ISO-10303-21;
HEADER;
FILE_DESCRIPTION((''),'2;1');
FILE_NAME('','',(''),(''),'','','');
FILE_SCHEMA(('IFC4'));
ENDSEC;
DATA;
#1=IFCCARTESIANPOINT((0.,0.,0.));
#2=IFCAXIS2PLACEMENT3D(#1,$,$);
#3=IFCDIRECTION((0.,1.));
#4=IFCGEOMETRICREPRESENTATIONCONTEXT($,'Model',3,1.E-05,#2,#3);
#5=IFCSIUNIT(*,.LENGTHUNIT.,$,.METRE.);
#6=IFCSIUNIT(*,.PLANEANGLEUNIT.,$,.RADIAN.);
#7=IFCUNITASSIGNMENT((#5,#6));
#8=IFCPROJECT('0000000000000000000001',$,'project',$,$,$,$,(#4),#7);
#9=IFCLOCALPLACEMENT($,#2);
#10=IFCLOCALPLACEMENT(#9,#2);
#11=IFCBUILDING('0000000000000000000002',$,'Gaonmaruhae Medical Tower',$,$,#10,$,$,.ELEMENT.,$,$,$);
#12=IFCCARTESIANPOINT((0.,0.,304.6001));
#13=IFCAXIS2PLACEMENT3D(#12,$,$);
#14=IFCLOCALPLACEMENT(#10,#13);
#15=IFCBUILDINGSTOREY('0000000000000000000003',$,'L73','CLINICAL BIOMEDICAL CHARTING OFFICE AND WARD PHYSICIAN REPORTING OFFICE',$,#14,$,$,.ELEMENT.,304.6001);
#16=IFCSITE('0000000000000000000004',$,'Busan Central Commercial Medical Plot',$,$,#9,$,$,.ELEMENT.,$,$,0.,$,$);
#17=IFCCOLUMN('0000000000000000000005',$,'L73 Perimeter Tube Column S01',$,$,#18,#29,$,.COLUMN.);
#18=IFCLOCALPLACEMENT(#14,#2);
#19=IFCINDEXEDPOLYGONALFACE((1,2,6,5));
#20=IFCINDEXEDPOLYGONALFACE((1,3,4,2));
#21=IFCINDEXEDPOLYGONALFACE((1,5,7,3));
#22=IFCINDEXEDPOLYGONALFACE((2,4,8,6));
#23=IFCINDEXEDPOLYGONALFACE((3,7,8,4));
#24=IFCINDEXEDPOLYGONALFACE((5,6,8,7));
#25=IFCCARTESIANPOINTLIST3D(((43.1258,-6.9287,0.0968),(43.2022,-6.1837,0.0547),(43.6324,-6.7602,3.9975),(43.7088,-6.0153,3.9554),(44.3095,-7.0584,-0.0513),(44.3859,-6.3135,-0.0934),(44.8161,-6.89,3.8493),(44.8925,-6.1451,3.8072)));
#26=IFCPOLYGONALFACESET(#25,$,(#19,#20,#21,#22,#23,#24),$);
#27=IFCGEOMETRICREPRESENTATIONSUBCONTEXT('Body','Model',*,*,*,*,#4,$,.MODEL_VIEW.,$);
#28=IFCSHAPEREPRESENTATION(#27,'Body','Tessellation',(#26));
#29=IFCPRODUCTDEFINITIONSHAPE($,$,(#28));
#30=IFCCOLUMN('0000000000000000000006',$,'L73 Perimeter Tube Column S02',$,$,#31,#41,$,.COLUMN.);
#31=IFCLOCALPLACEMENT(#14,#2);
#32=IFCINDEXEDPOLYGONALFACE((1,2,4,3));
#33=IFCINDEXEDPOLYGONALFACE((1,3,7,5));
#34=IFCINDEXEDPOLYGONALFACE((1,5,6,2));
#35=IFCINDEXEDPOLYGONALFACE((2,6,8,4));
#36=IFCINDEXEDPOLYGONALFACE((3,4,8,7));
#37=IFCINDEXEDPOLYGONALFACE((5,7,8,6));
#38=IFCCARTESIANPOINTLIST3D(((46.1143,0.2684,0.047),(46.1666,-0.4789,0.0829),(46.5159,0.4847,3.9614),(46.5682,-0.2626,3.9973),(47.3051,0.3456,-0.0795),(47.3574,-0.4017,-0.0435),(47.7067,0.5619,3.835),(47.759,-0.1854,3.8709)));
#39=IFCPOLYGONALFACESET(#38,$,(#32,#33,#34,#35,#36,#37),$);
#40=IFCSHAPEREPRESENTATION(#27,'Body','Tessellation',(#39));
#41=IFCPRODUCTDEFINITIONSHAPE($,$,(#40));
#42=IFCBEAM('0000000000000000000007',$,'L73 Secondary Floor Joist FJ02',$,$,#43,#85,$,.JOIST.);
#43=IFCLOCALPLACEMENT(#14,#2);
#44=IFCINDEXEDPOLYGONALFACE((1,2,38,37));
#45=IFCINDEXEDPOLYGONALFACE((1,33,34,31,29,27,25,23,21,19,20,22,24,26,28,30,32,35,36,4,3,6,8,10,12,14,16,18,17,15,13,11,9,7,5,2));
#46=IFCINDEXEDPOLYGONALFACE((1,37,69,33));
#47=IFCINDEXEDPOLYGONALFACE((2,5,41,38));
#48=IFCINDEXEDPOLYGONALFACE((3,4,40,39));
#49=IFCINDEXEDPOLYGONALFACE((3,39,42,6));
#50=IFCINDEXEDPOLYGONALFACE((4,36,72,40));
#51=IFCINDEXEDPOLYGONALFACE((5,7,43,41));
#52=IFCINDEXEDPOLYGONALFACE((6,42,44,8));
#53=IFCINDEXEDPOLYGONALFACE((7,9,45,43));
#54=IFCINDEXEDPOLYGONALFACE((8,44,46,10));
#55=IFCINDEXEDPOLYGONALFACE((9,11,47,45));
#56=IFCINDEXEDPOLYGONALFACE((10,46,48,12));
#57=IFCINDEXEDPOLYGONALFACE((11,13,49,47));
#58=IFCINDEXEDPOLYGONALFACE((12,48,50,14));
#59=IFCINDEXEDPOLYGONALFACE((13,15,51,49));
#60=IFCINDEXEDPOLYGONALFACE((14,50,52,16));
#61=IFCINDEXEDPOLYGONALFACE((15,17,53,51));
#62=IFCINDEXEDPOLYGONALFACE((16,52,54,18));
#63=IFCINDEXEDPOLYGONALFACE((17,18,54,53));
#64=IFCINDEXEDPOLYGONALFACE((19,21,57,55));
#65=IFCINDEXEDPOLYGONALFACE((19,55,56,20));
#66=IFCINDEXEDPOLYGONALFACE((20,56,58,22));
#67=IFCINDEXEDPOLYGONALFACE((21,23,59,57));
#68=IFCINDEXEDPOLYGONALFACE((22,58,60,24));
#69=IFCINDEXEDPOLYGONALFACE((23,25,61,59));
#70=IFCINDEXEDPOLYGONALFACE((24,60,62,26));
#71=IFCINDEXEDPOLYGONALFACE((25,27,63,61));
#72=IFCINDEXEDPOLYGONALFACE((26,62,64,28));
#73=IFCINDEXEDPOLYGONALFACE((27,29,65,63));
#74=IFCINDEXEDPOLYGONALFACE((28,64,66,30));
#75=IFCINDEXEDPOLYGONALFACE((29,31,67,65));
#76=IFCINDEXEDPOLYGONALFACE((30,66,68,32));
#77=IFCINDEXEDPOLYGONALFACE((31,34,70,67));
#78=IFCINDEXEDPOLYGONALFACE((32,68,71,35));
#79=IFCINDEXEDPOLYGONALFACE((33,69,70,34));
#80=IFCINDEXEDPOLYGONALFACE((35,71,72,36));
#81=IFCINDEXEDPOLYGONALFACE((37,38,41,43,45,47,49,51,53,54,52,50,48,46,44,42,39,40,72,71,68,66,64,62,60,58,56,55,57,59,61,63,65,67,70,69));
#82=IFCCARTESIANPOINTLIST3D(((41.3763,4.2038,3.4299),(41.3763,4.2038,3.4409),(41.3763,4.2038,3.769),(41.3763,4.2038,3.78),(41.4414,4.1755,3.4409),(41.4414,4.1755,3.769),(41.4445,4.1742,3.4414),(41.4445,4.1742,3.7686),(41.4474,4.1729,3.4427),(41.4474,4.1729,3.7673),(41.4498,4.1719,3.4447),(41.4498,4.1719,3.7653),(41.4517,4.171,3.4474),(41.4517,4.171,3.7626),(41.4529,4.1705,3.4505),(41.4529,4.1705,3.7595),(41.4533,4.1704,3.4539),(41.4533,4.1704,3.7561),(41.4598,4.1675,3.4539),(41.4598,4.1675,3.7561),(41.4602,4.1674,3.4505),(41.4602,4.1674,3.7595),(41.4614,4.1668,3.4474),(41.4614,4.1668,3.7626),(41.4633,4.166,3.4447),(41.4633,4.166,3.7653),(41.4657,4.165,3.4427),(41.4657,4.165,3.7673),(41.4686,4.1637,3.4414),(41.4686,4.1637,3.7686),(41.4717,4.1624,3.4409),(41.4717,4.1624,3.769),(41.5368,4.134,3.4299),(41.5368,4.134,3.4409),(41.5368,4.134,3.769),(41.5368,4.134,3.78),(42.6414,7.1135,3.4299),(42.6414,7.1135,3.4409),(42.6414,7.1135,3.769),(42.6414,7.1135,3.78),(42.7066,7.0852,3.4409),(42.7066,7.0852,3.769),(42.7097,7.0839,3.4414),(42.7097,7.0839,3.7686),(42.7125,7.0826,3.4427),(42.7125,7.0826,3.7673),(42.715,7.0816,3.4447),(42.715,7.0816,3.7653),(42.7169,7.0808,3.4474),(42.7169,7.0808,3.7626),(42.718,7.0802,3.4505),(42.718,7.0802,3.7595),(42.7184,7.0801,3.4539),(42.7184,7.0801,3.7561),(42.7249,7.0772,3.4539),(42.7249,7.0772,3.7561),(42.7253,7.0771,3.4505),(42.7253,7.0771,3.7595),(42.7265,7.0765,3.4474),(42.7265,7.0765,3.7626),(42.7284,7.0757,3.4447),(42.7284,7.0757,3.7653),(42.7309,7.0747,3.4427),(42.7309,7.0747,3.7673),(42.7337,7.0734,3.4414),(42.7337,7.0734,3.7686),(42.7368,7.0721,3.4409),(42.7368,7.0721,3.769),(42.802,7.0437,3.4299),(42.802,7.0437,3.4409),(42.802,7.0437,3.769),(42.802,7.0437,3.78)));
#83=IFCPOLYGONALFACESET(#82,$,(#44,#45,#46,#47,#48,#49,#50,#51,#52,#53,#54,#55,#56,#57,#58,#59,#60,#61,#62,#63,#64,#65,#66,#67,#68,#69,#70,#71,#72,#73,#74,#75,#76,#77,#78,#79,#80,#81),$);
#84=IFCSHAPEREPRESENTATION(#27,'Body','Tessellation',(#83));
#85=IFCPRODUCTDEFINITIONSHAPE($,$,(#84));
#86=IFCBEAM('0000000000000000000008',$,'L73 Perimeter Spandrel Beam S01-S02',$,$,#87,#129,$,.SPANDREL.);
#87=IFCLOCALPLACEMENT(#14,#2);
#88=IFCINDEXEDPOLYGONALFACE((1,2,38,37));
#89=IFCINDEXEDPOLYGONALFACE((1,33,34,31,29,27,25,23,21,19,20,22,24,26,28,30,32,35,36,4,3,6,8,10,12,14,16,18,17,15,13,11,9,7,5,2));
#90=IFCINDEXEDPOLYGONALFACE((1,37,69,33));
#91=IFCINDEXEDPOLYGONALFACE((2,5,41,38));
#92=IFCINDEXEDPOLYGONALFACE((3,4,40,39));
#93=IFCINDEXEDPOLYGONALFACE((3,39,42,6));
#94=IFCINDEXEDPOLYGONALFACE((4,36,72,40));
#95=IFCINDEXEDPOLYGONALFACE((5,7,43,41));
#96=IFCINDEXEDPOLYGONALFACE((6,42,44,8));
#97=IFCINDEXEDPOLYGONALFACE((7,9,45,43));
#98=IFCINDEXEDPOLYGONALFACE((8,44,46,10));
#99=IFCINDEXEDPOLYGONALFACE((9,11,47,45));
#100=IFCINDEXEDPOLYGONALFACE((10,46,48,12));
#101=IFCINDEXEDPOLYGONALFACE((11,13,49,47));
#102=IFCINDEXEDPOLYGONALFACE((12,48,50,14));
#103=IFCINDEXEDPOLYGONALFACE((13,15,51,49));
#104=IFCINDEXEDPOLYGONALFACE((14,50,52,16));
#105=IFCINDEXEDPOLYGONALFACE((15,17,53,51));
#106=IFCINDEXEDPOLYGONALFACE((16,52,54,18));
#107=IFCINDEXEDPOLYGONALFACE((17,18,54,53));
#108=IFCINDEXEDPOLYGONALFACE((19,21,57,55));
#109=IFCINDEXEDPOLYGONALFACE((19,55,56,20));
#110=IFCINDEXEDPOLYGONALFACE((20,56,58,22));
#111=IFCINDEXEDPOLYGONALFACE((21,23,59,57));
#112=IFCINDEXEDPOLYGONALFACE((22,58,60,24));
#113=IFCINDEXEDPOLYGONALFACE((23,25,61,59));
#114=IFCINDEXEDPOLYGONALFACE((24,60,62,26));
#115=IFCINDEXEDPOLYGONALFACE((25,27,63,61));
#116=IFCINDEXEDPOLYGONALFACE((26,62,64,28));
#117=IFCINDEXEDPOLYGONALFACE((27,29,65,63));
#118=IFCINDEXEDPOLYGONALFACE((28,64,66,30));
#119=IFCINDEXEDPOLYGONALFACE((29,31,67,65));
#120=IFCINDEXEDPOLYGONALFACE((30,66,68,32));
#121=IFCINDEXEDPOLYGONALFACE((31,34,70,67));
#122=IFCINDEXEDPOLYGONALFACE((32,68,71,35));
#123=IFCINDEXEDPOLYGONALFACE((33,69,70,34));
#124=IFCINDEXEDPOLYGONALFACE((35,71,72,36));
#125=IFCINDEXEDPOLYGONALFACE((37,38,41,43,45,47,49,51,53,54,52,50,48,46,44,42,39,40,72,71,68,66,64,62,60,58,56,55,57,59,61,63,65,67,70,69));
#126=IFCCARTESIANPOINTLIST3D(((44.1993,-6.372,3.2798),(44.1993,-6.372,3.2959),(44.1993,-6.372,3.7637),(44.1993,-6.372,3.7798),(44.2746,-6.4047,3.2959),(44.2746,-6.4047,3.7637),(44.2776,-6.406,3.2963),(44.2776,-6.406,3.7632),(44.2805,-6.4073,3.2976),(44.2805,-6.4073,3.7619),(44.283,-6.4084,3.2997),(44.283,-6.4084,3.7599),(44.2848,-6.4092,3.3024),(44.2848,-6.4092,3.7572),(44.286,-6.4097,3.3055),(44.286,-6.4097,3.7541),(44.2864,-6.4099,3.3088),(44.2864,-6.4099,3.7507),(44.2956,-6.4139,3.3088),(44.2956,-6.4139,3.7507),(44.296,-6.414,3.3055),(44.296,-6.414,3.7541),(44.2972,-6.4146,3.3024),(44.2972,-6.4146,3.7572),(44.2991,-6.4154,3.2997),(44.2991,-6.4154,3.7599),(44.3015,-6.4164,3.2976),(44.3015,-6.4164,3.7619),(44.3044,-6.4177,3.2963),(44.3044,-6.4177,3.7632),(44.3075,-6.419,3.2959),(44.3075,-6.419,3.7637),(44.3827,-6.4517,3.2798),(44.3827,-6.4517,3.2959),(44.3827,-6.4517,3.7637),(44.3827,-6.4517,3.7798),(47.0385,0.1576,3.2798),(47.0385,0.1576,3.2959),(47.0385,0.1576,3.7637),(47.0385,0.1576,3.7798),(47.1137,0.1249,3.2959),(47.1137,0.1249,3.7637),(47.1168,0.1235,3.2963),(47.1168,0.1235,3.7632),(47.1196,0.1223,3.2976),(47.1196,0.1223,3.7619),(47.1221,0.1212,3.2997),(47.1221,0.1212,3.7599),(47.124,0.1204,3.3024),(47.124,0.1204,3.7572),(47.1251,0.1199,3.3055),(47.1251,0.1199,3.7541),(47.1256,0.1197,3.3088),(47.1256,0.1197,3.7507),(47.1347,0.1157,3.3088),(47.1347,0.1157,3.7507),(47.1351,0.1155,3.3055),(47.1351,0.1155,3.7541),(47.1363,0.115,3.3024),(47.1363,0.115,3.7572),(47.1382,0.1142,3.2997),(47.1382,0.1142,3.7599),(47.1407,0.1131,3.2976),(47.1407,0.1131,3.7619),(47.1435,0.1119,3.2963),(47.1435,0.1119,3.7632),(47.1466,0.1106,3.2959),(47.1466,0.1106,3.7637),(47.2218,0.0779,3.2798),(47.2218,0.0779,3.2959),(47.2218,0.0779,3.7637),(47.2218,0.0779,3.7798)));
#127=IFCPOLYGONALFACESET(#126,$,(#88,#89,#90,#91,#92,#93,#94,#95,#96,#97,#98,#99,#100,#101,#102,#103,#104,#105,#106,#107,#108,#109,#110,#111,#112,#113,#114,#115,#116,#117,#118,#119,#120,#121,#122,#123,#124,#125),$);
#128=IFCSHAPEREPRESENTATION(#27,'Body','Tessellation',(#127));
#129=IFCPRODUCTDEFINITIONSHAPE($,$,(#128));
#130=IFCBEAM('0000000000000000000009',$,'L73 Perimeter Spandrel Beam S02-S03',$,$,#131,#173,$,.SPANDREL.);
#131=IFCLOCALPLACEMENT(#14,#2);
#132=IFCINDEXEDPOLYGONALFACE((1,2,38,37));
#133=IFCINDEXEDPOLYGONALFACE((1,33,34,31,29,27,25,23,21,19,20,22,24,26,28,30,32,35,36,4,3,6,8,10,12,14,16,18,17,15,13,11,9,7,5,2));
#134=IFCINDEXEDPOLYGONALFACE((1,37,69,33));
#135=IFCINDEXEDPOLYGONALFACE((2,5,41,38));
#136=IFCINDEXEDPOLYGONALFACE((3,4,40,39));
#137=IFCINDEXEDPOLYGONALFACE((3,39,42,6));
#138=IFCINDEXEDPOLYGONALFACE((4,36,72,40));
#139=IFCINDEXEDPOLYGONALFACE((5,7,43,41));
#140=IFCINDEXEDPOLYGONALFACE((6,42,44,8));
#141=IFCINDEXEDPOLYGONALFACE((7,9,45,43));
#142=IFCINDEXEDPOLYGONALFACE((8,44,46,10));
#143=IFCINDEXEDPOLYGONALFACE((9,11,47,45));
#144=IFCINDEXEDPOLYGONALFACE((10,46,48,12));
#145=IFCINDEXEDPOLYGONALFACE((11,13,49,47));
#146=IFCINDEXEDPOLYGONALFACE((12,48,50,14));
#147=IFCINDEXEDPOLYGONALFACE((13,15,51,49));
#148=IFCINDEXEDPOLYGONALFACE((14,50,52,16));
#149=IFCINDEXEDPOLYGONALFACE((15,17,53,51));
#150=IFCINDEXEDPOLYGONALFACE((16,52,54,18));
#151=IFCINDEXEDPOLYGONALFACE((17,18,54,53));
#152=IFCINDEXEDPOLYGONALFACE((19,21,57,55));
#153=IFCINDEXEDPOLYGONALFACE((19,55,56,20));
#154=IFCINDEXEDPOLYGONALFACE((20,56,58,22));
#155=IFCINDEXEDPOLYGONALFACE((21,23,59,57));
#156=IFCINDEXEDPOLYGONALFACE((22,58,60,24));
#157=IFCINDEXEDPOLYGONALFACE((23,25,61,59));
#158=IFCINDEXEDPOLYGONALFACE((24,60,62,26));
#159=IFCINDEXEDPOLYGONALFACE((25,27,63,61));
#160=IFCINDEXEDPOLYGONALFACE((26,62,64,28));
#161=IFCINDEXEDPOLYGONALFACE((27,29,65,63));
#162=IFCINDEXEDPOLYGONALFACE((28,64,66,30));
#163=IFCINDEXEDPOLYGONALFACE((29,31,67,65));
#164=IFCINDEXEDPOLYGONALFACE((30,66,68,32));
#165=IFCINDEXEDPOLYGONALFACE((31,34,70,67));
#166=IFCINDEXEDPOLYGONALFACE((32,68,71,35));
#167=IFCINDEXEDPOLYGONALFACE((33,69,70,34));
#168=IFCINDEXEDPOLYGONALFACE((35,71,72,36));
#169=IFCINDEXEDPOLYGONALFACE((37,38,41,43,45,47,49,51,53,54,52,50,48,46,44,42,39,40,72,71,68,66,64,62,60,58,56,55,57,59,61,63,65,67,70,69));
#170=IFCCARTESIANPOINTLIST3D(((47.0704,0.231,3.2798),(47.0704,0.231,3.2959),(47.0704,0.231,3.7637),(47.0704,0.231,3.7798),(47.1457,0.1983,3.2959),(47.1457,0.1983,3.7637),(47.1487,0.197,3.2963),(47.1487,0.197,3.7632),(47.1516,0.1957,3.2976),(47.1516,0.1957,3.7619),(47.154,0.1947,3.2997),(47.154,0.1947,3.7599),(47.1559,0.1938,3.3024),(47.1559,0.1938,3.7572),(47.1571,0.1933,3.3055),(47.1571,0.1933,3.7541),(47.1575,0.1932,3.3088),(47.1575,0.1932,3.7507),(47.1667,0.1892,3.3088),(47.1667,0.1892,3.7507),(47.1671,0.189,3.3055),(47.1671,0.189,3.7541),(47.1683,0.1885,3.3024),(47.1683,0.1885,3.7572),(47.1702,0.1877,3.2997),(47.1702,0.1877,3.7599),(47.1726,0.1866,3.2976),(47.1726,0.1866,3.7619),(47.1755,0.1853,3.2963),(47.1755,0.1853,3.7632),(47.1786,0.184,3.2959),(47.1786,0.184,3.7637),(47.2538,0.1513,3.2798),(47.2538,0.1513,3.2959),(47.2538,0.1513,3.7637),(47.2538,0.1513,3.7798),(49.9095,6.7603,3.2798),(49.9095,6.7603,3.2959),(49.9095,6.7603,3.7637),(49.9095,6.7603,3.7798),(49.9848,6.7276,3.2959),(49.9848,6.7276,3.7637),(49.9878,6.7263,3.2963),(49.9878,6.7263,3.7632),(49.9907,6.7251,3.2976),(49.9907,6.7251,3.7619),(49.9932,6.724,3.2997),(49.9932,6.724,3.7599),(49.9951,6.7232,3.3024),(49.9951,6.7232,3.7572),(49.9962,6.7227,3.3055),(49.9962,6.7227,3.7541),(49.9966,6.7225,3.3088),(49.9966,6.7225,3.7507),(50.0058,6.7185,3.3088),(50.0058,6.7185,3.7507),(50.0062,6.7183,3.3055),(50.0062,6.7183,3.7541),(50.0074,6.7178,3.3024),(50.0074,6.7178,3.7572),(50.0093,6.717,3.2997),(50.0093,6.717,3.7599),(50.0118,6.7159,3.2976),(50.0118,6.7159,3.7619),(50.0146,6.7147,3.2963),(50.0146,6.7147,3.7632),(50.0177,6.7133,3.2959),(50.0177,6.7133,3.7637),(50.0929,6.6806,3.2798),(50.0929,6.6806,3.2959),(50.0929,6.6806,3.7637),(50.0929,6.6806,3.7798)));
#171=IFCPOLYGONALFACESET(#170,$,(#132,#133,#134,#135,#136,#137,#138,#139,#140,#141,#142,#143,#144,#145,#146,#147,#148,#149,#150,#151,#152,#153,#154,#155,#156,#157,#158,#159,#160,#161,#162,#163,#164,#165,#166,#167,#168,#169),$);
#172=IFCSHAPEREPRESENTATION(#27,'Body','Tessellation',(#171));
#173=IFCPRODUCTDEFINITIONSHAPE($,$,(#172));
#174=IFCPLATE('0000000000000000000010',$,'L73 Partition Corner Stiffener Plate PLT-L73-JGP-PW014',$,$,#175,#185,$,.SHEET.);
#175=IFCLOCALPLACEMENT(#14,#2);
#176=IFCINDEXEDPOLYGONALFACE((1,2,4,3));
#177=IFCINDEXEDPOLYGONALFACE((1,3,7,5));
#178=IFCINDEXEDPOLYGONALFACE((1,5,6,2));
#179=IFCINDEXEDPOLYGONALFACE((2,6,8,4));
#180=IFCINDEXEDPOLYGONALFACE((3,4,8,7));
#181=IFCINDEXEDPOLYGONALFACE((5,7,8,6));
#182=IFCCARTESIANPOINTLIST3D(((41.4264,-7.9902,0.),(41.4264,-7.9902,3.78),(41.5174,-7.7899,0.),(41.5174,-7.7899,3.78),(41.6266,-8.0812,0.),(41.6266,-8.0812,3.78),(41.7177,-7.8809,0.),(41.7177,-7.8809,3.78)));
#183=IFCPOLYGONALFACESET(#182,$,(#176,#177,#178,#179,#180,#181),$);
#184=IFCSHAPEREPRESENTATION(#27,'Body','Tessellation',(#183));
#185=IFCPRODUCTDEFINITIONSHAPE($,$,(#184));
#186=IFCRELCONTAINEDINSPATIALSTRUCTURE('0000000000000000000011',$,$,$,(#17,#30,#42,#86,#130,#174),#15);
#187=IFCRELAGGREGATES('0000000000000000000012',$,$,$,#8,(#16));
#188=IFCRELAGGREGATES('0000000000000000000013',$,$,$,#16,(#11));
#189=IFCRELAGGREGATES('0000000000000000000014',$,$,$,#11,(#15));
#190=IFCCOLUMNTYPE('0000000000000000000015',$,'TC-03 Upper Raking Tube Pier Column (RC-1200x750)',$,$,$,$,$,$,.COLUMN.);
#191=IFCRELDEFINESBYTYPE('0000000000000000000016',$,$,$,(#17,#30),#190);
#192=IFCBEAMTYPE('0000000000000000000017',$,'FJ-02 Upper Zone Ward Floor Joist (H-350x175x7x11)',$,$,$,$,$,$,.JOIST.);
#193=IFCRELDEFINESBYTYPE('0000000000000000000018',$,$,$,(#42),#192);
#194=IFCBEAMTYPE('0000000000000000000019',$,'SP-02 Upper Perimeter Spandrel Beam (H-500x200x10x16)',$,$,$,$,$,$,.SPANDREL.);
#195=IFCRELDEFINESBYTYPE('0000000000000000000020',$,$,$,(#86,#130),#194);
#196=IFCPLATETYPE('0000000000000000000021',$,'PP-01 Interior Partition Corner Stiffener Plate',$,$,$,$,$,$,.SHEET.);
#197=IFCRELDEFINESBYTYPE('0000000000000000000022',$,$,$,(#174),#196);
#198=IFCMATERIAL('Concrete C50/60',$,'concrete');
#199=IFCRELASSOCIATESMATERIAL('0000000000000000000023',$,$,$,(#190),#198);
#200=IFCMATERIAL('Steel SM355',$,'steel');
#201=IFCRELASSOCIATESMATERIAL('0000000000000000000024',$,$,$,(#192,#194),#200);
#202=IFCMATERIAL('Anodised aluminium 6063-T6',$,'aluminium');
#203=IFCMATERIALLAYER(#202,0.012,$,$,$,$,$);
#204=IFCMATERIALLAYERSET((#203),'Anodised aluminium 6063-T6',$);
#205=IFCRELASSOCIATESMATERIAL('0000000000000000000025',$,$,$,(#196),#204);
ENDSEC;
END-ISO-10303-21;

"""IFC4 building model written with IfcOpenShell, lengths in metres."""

from ifc_helpers import new_model, si_unit, direction, frame, origin, origin_2d, place, context, subcontext, project, spatial, rectangle, i_section, extrude, material, layer, layer_set, material_profile, profile_set, type_object, element, save


model = new_model("IFC4")

# Units and contexts
model_context = context("Model", 3, precision=1e-05, world=origin(), true_north=direction((0.0, 1.0)))
body_context = subcontext(model_context, "Body", "Model", "MODEL_VIEW")
ifc_project = project(units=[si_unit("LENGTHUNIT", "METRE"), si_unit("PLANEANGLEUNIT", "RADIAN")], contexts=[model_context])

# Site, building, storey
site_placement = place(None, origin())
site = spatial("IfcSite", under=ifc_project, at=site_placement, Name="Busan Central Commercial Medical Plot", CompositionType="ELEMENT", RefElevation=0.0)
building_placement = place(site_placement, origin())
building = spatial("IfcBuilding", under=site, at=building_placement, Name="Gaonmaruhae Medical Tower", CompositionType="ELEMENT")
storey_placement = place(building_placement, frame((0.0, 0.0, 304.6001)))
storey = spatial("IfcBuildingStorey", under=building, at=storey_placement, Name="L73", Description="CLINICAL BIOMEDICAL CHARTING OFFICE AND WARD PHYSICIAN REPORTING OFFICE", CompositionType="ELEMENT", Elevation=304.6001)

# Columns
ifc_material_1 = material(Name="Concrete C50/60", Category="concrete")
ifc_material_profile_1 = material_profile(ifc_material_1, rectangle(XDim=1.2, YDim=0.75, at=origin_2d()), Name="RC-1200x750")
ifc_profile_set_1 = profile_set([ifc_material_profile_1], Name="Concrete C50/60")
column_type = type_object("IfcColumnType", Name="TC-03 Upper Raking Tube Pier Column (RC-1200x750)", PredefinedType="COLUMN", material=ifc_profile_set_1)
column_1_placement = place(storey_placement, frame((43.7559, -6.6211, 0.0017), z_axis=(0.128675, 0.042788, 0.990763), x_axis=(-0.98644, 0.108162, 0.123442)))
element("IfcColumn", 1, at=column_1_placement, inside=storey, type_object=column_type, Name="L73 Perimeter Tube Column S01", PredefinedType="COLUMN", context=body_context, shape_type="SweptSolid", body=[
    extrude(rectangle(XDim=1.2, YDim=0.75, at=origin_2d()), origin(), (0.0, 0.0, 1.0), 3.937),
])
column_2_placement = place(storey_placement, frame((46.7358, -0.0667, 0.0017), z_axis=(0.101905, 0.054886, 0.993279), x_axis=(-0.992348, -0.064365, 0.105366)))
element("IfcColumn", 2, at=column_2_placement, inside=storey, type_object=column_type, Name="L73 Perimeter Tube Column S02", PredefinedType="COLUMN", context=body_context, shape_type="SweptSolid", body=[
    extrude(rectangle(XDim=1.2, YDim=0.75, at=origin_2d()), origin(), (0.0, 0.0, 1.0), 3.9409),
])

# Beams
ifc_material_2 = material(Name="Steel SM355", Category="steel")
ifc_material_profile_2 = material_profile(ifc_material_2, i_section(OverallWidth=0.175, OverallDepth=0.3501, WebThickness=0.0071, FlangeThickness=0.011, FilletRadius=0.0129, at=origin_2d()), Name="H-350x175x7x11")
ifc_profile_set_2 = profile_set([ifc_material_profile_2], Name="Steel SM355")
beam_type_1 = type_object("IfcBeamType", Name="FJ-02 Upper Zone Ward Floor Joist (H-350x175x7x11)", PredefinedType="JOIST", material=ifc_profile_set_2)
beam_1_placement = place(storey_placement, frame((41.4565, 4.1689, 3.605), z_axis=(0.398743, 0.917063, 0.0), x_axis=(-0.917063, 0.398743, 0.0)))
element("IfcBeam", 3, at=beam_1_placement, inside=storey, type_object=beam_type_1, Name="L73 Secondary Floor Joist FJ02", PredefinedType="JOIST", context=body_context, shape_type="SweptSolid", body=[
    extrude(i_section(OverallWidth=0.175, OverallDepth=0.3501, WebThickness=0.0071, FlangeThickness=0.011, FilletRadius=0.0129, at=origin_2d()), origin(), (0.0, 0.0, 1.0), 3.1729),
])
ifc_material_profile_3 = material_profile(ifc_material_2, i_section(OverallWidth=0.2, OverallDepth=0.5, WebThickness=0.01, FlangeThickness=0.0161, FilletRadius=0.0129, at=origin_2d()), Name="H-500x200x10x16")
ifc_profile_set_3 = profile_set([ifc_material_profile_3], Name="Steel SM355")
beam_type_2 = type_object("IfcBeamType", Name="SP-02 Upper Perimeter Spandrel Beam (H-500x200x10x16)", PredefinedType="SPANDREL", material=ifc_profile_set_3)
beam_2_placement = place(storey_placement, frame((44.291, -6.4119, 3.5298), z_axis=(0.398747, 0.917061, 0.0), x_axis=(-0.917061, 0.398747, 0.0)))
element("IfcBeam", 4, at=beam_2_placement, inside=storey, type_object=beam_type_2, Name="L73 Perimeter Spandrel Beam S01-S02", PredefinedType="SPANDREL", context=body_context, shape_type="SweptSolid", body=[
    extrude(i_section(OverallWidth=0.2, OverallDepth=0.5, WebThickness=0.01, FlangeThickness=0.0161, FilletRadius=0.0129, at=origin_2d()), origin(), (0.0, 0.0, 1.0), 7.1201),
])
beam_3_placement = place(storey_placement, frame((47.1621, 0.1912, 3.5298), z_axis=(0.39876, 0.917055, 0.0), x_axis=(-0.917055, 0.39876, 0.0)))
element("IfcBeam", 5, at=beam_3_placement, inside=storey, type_object=beam_type_2, Name="L73 Perimeter Spandrel Beam S02-S03", PredefinedType="SPANDREL", context=body_context, shape_type="SweptSolid", body=[
    extrude(i_section(OverallWidth=0.2, OverallDepth=0.5, WebThickness=0.01, FlangeThickness=0.0161, FilletRadius=0.0129, at=origin_2d()), origin(), (0.0, 0.0, 1.0), 7.1199),
])

# Plate
ifc_material_3 = material(Name="Anodised aluminium 6063-T6", Category="aluminium")
ifc_layer_1 = layer(ifc_material_3, 0.012)
ifc_layer_set_1 = layer_set([ifc_layer_1], Name="Anodised aluminium 6063-T6")
plate_type = type_object("IfcPlateType", Name="PP-01 Interior Partition Corner Stiffener Plate", PredefinedType="SHEET", material=ifc_layer_set_1)
for number, where, z_axis, x_axis, name in (
    (6, (41.572, -7.9355, 0.0), (0.0, 0.0, 1.0), (-0.910402, 0.413724, 0.0), "L73 Partition Corner Stiffener Plate PLT-L73-JGP-PW014"),
):
    element("IfcPlate", number, at=place(storey_placement, frame(where, z_axis=z_axis, x_axis=x_axis)), inside=storey, type_object=plate_type, Name=name, PredefinedType="SHEET", context=body_context, shape_type="SweptSolid", body=[
        extrude(rectangle(XDim=0.22, YDim=0.22, at=origin_2d()), origin(), (0.0, 0.0, 1.0), 3.78),
    ])

save(model, "model.ifc")
